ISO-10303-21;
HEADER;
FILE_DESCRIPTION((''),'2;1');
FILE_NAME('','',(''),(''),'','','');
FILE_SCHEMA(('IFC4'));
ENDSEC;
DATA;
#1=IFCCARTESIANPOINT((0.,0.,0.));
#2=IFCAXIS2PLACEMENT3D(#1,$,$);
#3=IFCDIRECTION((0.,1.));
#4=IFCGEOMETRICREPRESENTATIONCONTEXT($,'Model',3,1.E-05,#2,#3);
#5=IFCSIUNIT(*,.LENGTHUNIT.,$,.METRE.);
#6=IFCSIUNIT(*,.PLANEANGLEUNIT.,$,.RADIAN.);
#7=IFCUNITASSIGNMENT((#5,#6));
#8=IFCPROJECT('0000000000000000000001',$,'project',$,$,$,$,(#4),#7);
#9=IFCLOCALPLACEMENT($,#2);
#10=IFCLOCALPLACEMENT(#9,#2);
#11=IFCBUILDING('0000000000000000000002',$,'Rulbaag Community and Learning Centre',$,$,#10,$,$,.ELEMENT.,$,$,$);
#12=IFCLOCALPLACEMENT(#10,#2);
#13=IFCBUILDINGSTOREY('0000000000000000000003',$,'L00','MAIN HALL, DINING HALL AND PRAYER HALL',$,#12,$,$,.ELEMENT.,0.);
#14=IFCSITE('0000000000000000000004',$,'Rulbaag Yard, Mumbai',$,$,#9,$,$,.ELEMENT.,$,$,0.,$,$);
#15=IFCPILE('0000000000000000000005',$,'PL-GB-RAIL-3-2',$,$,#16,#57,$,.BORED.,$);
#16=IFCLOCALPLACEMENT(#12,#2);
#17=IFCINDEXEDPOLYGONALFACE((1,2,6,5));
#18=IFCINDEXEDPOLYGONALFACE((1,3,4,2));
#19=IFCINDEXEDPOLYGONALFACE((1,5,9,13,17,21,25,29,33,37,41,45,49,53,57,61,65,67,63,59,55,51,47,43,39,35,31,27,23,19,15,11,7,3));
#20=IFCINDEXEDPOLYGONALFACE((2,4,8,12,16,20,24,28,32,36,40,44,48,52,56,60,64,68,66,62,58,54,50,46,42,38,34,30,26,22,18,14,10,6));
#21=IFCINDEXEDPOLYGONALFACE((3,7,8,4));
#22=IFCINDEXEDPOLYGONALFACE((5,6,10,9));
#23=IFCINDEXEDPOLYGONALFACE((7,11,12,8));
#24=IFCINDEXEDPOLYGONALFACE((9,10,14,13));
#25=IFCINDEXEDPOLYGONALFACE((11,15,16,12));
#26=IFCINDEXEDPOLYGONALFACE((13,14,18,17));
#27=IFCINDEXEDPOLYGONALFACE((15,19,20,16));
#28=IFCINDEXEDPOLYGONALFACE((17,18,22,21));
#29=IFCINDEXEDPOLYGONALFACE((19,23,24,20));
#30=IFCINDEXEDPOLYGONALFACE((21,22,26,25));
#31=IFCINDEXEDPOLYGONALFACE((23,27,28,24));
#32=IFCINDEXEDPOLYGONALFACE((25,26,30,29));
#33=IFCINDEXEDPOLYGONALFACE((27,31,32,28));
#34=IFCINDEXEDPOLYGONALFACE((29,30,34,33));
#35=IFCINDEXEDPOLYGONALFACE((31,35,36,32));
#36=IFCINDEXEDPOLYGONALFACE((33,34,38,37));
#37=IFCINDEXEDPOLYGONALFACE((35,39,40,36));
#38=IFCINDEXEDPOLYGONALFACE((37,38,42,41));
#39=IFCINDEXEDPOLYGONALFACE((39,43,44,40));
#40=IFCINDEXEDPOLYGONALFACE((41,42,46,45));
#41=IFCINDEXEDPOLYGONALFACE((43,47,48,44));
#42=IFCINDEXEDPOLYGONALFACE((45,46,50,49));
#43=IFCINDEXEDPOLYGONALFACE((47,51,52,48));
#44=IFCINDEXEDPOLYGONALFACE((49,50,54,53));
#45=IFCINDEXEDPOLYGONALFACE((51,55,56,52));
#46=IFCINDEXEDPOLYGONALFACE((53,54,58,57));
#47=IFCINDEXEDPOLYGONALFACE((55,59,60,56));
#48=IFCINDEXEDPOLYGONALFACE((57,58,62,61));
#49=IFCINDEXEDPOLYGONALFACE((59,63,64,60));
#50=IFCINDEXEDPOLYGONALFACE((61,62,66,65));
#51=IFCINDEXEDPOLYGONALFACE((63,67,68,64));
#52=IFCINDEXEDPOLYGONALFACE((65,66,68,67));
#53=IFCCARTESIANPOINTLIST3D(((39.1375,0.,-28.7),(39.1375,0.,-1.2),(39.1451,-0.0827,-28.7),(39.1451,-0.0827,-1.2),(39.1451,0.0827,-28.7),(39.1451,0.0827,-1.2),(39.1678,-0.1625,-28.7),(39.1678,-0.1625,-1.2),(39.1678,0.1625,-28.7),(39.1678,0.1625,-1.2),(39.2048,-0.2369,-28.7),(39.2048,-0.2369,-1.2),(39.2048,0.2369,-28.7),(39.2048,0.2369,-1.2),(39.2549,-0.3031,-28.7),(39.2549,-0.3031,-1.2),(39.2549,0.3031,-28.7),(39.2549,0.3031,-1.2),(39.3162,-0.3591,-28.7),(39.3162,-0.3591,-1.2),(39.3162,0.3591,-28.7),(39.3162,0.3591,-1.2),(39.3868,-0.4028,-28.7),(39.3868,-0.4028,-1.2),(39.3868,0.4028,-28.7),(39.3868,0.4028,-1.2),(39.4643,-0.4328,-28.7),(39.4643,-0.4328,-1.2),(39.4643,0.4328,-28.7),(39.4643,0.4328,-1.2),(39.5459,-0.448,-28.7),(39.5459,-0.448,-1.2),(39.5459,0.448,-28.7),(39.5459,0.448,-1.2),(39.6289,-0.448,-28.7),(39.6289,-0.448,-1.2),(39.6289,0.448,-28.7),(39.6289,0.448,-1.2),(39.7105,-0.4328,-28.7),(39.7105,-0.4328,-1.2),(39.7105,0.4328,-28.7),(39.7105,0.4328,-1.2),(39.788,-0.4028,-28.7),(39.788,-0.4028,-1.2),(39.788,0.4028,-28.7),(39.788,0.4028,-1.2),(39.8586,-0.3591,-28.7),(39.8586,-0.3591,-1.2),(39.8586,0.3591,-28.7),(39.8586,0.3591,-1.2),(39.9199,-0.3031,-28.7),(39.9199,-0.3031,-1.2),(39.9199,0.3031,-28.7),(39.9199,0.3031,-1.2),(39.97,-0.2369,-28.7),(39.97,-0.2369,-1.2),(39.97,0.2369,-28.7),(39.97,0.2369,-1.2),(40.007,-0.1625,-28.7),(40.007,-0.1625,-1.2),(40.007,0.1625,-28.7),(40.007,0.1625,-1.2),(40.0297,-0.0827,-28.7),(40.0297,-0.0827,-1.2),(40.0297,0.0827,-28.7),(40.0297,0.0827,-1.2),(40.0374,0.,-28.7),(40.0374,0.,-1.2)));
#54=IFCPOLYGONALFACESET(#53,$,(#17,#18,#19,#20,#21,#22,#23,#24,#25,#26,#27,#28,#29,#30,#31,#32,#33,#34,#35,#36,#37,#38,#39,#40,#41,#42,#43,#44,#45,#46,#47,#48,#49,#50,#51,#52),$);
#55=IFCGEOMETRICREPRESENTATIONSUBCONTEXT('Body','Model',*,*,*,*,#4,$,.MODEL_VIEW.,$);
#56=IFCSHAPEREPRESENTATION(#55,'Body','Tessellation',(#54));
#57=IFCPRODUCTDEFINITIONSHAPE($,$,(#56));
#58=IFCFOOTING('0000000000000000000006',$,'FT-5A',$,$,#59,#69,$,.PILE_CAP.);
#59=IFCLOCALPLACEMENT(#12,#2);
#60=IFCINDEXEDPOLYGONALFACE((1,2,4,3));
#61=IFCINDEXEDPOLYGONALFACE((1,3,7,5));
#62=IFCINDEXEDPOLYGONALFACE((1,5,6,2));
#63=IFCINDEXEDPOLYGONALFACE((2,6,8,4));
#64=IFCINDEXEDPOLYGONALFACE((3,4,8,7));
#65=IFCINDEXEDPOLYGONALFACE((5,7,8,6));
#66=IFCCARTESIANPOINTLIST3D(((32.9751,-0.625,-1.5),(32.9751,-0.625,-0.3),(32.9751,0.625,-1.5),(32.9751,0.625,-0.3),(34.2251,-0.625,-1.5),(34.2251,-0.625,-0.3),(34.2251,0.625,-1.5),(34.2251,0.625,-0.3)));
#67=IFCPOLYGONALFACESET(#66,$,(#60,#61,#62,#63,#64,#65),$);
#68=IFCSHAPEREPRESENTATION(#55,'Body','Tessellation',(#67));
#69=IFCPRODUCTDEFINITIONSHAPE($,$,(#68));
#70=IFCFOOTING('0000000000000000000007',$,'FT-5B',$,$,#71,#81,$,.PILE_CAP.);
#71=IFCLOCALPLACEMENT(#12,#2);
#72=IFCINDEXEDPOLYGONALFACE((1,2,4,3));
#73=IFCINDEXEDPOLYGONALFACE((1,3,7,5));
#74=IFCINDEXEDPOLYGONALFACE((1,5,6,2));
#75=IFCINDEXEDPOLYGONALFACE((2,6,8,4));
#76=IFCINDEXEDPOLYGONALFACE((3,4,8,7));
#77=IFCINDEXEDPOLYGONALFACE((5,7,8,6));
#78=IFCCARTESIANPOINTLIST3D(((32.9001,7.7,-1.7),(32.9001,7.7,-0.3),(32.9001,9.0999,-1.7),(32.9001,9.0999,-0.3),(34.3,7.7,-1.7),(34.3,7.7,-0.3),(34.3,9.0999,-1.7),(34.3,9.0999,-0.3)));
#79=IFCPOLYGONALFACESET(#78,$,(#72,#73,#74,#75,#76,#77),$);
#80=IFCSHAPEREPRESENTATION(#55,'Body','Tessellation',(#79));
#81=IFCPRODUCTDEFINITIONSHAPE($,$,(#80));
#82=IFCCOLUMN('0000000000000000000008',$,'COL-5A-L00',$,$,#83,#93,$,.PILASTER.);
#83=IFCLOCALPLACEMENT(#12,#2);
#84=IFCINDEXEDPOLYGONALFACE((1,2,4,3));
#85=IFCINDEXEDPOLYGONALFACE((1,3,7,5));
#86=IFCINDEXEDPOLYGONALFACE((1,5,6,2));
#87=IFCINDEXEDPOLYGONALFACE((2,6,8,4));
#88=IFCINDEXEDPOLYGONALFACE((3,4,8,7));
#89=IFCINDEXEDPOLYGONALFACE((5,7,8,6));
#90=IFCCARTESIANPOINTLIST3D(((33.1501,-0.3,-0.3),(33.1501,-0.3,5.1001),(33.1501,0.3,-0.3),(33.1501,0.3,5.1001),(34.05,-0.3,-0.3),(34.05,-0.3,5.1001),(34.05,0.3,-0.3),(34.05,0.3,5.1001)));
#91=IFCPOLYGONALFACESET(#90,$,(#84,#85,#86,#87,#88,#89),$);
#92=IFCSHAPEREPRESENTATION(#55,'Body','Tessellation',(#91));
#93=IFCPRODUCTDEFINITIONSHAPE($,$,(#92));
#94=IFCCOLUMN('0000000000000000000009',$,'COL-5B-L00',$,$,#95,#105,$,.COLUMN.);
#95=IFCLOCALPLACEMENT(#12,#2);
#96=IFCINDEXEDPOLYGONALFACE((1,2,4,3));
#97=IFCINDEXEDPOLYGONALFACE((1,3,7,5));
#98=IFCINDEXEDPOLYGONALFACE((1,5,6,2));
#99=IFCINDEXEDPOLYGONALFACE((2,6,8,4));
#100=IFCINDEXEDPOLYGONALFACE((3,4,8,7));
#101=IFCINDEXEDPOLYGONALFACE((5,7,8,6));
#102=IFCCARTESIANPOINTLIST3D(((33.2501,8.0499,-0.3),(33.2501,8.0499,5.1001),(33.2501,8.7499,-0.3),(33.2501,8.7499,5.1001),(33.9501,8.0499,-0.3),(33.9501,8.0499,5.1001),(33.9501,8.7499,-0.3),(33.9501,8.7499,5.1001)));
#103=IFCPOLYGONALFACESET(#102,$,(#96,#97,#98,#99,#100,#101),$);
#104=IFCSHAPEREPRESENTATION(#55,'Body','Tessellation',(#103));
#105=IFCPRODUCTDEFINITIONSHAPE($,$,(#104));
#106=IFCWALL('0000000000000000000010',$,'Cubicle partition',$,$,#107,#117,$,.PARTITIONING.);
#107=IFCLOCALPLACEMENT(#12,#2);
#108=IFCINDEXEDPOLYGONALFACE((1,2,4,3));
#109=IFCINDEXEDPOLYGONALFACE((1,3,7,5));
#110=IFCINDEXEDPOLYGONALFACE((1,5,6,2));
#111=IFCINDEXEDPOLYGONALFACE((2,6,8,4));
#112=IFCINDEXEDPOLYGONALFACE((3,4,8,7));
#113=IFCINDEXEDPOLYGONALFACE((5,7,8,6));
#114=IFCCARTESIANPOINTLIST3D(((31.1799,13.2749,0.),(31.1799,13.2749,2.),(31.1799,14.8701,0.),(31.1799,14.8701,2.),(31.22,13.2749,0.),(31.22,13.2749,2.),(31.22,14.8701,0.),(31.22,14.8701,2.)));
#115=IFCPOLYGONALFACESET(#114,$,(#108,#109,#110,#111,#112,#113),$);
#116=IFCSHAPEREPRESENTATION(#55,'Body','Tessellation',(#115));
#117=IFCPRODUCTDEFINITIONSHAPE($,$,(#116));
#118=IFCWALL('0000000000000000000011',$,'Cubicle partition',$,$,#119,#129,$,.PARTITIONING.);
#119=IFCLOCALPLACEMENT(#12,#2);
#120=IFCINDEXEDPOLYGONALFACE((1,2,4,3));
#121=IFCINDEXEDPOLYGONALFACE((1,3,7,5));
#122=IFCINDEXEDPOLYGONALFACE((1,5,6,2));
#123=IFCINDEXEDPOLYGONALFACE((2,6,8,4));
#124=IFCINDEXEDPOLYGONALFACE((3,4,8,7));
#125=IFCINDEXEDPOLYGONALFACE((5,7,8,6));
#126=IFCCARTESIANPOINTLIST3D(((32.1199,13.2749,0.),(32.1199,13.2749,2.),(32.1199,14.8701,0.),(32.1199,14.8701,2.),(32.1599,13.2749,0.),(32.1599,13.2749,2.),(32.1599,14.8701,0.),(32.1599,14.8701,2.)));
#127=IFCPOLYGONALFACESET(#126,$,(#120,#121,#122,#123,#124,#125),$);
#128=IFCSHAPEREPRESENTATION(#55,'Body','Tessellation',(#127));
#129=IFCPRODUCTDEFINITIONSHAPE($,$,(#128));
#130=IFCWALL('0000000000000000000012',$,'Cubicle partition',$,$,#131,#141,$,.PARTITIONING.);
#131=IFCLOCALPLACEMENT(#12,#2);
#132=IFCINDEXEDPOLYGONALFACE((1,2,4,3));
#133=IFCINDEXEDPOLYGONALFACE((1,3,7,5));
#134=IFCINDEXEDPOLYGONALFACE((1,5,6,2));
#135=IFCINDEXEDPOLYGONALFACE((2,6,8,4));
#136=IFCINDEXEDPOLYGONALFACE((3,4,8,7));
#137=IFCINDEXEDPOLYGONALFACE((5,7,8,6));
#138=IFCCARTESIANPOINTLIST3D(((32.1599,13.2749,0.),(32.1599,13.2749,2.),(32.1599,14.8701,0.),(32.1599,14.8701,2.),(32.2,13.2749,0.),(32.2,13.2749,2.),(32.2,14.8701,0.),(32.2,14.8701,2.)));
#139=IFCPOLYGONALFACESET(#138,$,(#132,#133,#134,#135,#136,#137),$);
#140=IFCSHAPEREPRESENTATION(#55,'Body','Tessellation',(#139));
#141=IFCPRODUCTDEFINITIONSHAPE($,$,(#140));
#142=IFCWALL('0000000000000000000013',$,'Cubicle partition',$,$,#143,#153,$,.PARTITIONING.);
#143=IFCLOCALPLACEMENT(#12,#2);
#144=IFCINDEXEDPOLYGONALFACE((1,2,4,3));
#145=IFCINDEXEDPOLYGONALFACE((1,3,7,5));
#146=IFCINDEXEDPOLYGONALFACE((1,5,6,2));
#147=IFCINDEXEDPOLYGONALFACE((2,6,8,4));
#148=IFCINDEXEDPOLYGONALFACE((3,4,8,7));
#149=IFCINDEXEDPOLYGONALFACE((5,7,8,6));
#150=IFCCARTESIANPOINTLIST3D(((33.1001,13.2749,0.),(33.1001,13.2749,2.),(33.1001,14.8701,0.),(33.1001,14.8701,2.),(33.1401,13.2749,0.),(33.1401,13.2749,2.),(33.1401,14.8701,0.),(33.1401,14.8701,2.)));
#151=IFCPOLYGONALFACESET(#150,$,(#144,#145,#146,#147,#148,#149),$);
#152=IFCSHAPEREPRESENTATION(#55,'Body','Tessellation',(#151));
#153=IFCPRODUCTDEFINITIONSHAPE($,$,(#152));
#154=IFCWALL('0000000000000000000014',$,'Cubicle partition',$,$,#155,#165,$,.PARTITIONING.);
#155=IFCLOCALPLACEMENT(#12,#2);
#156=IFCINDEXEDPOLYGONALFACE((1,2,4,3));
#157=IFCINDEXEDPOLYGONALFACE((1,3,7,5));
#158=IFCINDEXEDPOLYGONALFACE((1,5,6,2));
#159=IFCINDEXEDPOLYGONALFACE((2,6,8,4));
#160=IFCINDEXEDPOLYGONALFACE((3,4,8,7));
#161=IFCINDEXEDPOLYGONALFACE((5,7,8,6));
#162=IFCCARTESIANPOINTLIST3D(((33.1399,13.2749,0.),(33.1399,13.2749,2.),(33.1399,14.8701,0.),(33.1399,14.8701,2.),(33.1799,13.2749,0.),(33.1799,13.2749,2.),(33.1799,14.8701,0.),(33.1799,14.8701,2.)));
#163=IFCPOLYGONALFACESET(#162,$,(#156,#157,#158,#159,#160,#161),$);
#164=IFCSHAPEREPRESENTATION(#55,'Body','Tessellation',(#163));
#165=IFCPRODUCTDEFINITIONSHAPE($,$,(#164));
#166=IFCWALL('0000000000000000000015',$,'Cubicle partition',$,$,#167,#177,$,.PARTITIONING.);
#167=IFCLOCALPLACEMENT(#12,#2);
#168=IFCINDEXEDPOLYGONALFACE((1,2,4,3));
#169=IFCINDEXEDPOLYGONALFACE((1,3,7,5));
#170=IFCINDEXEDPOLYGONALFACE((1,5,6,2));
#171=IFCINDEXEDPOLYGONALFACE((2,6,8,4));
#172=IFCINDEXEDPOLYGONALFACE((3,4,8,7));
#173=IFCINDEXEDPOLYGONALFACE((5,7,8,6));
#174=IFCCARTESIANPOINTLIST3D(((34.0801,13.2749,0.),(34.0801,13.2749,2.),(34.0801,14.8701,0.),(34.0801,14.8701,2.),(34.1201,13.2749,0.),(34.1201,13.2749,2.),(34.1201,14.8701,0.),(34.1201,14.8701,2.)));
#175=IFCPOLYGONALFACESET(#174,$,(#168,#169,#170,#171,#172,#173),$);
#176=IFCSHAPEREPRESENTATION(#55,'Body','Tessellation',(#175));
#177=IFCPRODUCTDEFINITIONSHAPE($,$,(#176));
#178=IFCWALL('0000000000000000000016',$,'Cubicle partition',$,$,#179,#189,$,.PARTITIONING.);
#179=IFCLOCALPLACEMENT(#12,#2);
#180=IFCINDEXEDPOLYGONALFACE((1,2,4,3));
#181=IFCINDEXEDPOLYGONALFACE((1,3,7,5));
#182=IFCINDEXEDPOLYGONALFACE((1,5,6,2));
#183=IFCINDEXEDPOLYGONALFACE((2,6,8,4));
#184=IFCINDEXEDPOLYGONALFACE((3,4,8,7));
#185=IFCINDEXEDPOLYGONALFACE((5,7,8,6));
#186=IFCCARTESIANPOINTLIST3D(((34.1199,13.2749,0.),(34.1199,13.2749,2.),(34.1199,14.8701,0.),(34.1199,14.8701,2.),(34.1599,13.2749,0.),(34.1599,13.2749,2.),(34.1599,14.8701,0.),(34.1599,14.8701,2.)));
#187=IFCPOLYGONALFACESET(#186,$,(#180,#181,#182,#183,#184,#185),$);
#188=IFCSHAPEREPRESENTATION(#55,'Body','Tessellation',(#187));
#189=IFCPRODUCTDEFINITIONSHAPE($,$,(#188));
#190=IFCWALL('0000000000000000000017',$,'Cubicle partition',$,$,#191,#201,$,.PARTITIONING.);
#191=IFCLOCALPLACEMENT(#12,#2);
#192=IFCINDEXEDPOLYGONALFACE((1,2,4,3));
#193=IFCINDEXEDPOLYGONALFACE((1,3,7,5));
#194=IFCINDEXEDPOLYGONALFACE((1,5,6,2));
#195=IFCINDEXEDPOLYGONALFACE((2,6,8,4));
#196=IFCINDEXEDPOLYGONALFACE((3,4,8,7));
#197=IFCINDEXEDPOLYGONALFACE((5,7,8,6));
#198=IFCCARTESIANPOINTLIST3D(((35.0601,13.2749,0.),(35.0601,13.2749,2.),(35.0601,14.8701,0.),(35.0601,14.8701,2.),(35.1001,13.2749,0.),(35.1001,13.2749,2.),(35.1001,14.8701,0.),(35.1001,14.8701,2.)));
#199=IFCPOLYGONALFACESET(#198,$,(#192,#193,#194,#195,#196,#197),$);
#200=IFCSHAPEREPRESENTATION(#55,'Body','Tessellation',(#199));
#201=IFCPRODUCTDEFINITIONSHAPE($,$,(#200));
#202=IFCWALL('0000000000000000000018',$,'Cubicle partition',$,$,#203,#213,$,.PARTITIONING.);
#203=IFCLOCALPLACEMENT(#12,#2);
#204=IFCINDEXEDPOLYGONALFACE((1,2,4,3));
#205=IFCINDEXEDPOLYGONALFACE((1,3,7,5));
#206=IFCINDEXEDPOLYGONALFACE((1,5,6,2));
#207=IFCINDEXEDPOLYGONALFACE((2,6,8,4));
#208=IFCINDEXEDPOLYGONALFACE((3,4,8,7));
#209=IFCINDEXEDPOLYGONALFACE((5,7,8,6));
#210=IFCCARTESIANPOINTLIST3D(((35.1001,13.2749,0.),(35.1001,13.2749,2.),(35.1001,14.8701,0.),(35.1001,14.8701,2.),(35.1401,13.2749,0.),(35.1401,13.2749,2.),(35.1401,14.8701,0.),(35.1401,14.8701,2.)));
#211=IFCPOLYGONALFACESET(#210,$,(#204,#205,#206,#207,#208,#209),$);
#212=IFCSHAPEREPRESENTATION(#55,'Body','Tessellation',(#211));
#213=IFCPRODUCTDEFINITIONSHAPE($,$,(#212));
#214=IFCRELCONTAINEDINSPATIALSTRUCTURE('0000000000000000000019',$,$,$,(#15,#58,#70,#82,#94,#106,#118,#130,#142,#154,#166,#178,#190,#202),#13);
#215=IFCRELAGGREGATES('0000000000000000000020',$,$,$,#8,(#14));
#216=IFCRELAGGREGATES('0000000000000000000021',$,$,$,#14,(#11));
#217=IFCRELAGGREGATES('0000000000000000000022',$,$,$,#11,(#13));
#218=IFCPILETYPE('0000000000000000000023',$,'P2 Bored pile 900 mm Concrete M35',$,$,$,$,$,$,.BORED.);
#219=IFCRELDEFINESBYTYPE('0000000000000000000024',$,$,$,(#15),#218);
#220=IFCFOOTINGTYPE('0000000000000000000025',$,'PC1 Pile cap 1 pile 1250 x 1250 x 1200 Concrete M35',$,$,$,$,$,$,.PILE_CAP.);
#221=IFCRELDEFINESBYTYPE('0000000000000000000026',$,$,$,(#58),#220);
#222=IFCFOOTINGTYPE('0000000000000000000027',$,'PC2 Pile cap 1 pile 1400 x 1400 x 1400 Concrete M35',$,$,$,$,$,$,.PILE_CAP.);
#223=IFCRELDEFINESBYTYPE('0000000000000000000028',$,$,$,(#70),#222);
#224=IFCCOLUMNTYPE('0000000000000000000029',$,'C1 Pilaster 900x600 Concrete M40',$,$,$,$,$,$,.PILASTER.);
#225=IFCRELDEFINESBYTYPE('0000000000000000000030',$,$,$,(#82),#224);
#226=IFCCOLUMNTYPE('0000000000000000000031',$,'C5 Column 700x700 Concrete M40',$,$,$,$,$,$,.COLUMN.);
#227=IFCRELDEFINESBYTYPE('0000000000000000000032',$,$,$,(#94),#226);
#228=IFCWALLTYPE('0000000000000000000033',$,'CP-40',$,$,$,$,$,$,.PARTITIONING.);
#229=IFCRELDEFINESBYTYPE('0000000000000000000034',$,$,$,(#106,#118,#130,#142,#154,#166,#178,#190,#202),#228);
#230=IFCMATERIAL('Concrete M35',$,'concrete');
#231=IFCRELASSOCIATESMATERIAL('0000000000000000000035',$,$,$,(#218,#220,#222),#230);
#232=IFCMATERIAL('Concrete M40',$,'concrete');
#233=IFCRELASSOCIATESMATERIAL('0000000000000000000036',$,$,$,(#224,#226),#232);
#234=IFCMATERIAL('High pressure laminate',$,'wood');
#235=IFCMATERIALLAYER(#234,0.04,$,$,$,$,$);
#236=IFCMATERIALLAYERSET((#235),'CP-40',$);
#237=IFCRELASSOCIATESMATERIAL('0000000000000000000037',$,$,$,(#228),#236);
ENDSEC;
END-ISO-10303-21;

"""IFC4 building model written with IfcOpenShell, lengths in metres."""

from ifc_helpers import new_model, si_unit, direction, frame, frame_2d, origin, origin_2d, place, context, subcontext, project, spatial, rectangle, circle, extrude, material, layer, layer_set, material_profile, profile_set, type_object, element, save


model = new_model("IFC4")

# Units and contexts
model_context = context("Model", 3, precision=1e-05, world=origin(), true_north=direction((0.0, 1.0)))
body_context = subcontext(model_context, "Body", "Model", "MODEL_VIEW")
ifc_project = project(units=[si_unit("LENGTHUNIT", "METRE"), si_unit("PLANEANGLEUNIT", "RADIAN")], contexts=[model_context])

# Site, building, storey
site_placement = place(None, origin())
site = spatial("IfcSite", under=ifc_project, at=site_placement, Name="Rulbaag Yard, Mumbai", CompositionType="ELEMENT", RefElevation=0.0)
building_placement = place(site_placement, origin())
building = spatial("IfcBuilding", under=site, at=building_placement, Name="Rulbaag Community and Learning Centre", CompositionType="ELEMENT")
storey_placement = place(building_placement, origin())
storey = spatial("IfcBuildingStorey", under=building, at=storey_placement, Name="L00", Description="MAIN HALL, DINING HALL AND PRAYER HALL", CompositionType="ELEMENT", Elevation=0.0)

# Shared definitions
ifc_material_1 = material(Name="Concrete M35", Category="concrete")

# Pile
ifc_material_profile_1 = material_profile(ifc_material_1, circle(Radius=0.45, at=origin_2d()), Name="BP900")
ifc_profile_set_1 = profile_set([ifc_material_profile_1], Name="Concrete M35")
pile_type_1 = type_object("IfcPileType", Name="P2 Bored pile 900 mm Concrete M35", PredefinedType="BORED", material=ifc_profile_set_1)
for number, where, z_axis, x_axis, name in (
    (1, (39.5874, 0.0, -1.2), (0.0, 0.0, -1.0), (1.0, 0.0, 0.0), "PL-GB-RAIL-3-2"),
):
    element("IfcPile", number, at=place(storey_placement, frame(where, z_axis=z_axis, x_axis=x_axis)), inside=storey, type_object=pile_type_1, Name=name, PredefinedType="BORED", context=body_context, shape_type="SweptSolid", body=[
        extrude(circle(Radius=0.45, at=origin_2d()), origin(), (0.0, 0.0, 1.0), 27.5),
    ])

# Footings
footing_type_1 = type_object("IfcFootingType", Name="PC1 Pile cap 1 pile 1250 x 1250 x 1200 Concrete M35", PredefinedType="PILE_CAP", material=ifc_material_1)
footing_1_placement = place(storey_placement, frame((33.6001, 0.0, -1.5), z_axis=(0.0, 0.0, 1.0), x_axis=(1.0, 0.0, 0.0)))
element("IfcFooting", 2, at=footing_1_placement, inside=storey, type_object=footing_type_1, Name="FT-5A", PredefinedType="PILE_CAP", context=body_context, shape_type="SweptSolid", body=[
    extrude(rectangle(XDim=1.25, YDim=1.25, at=origin_2d()), origin(), (0.0, 0.0, 1.0), 1.2),
])
footing_type_2 = type_object("IfcFootingType", Name="PC2 Pile cap 1 pile 1400 x 1400 x 1400 Concrete M35", PredefinedType="PILE_CAP", material=ifc_material_1)
footing_2_placement = place(storey_placement, frame((33.6001, 8.3999, -1.7), z_axis=(0.0, 0.0, 1.0), x_axis=(1.0, 0.0, 0.0)))
element("IfcFooting", 3, at=footing_2_placement, inside=storey, type_object=footing_type_2, Name="FT-5B", PredefinedType="PILE_CAP", context=body_context, shape_type="SweptSolid", body=[
    extrude(rectangle(XDim=1.3999, YDim=1.3999, at=origin_2d()), origin(), (0.0, 0.0, 1.0), 1.3999),
])

# Columns
ifc_material_2 = material(Name="Concrete M40", Category="concrete")
ifc_material_profile_2 = material_profile(ifc_material_2, rectangle(XDim=0.8999, YDim=0.6001, at=origin_2d()), Name="RC900x600")
ifc_profile_set_2 = profile_set([ifc_material_profile_2], Name="Concrete M40")
column_type_1 = type_object("IfcColumnType", Name="C1 Pilaster 900x600 Concrete M40", PredefinedType="PILASTER", material=ifc_profile_set_2)
column_1_placement = place(storey_placement, frame((33.6001, 0.0, -0.3), z_axis=(0.0, 0.0, 1.0), x_axis=(1.0, 0.0, 0.0)))
element("IfcColumn", 4, at=column_1_placement, inside=storey, type_object=column_type_1, Name="COL-5A-L00", PredefinedType="PILASTER", context=body_context, shape_type="SweptSolid", body=[
    extrude(rectangle(XDim=0.8999, YDim=0.6001, at=origin_2d()), origin(), (0.0, 0.0, 1.0), 5.4001),
])
ifc_material_profile_3 = material_profile(ifc_material_2, rectangle(XDim=0.7, YDim=0.7, at=origin_2d()), Name="RC700x700")
ifc_profile_set_3 = profile_set([ifc_material_profile_3], Name="Concrete M40")
column_type_2 = type_object("IfcColumnType", Name="C5 Column 700x700 Concrete M40", PredefinedType="COLUMN", material=ifc_profile_set_3)
column_2_placement = place(storey_placement, frame((33.6001, 8.3999, -0.3), z_axis=(0.0, 0.0, 1.0), x_axis=(1.0, 0.0, 0.0)))
element("IfcColumn", 5, at=column_2_placement, inside=storey, type_object=column_type_2, Name="COL-5B-L00", PredefinedType="COLUMN", context=body_context, shape_type="SweptSolid", body=[
    extrude(rectangle(XDim=0.7, YDim=0.7, at=origin_2d()), origin(), (0.0, 0.0, 1.0), 5.4001),
])

# Walls
ifc_material_3 = material(Name="High pressure laminate", Category="wood")
ifc_layer_1 = layer(ifc_material_3, 0.04)
ifc_layer_set_1 = layer_set([ifc_layer_1], Name="CP-40")
wall_type_1 = type_object("IfcWallType", Name="CP-40", PredefinedType="PARTITIONING", material=ifc_layer_set_1)
for number, where, z_axis, x_axis, name in (
    (6, (31.2, 13.2749, 0.0), (0.0, 0.0, 1.0), (0.0, 1.0, 0.0), "Cubicle partition"),
    (7, (32.1399, 13.2749, 0.0), (0.0, 0.0, 1.0), (0.0, 1.0, 0.0), "Cubicle partition"),
    (8, (32.1799, 13.2749, 0.0), (0.0, 0.0, 1.0), (0.0, 1.0, 0.0), "Cubicle partition"),
    (9, (33.1201, 13.2749, 0.0), (0.0, 0.0, 1.0), (0.0, 1.0, 0.0), "Cubicle partition"),
    (10, (33.1599, 13.2749, 0.0), (0.0, 0.0, 1.0), (0.0, 1.0, 0.0), "Cubicle partition"),
    (11, (34.1001, 13.2749, 0.0), (0.0, 0.0, 1.0), (0.0, 1.0, 0.0), "Cubicle partition"),
    (12, (34.1399, 13.2749, 0.0), (0.0, 0.0, 1.0), (0.0, 1.0, 0.0), "Cubicle partition"),
    (13, (35.0801, 13.2749, 0.0), (0.0, 0.0, 1.0), (0.0, 1.0, 0.0), "Cubicle partition"),
    (14, (35.1201, 13.2749, 0.0), (0.0, 0.0, 1.0), (0.0, 1.0, 0.0), "Cubicle partition"),
):
    element("IfcWall", number, at=place(storey_placement, frame(where, z_axis=z_axis, x_axis=x_axis)), inside=storey, type_object=wall_type_1, Name=name, PredefinedType="PARTITIONING", context=body_context, shape_type="SweptSolid", body=[
        extrude(rectangle(XDim=1.5952, YDim=0.04, at=frame_2d((0.7976, 0.0))), origin(), (0.0, 0.0, 1.0), 2.0),
    ])

save(model, "model.ifc")
